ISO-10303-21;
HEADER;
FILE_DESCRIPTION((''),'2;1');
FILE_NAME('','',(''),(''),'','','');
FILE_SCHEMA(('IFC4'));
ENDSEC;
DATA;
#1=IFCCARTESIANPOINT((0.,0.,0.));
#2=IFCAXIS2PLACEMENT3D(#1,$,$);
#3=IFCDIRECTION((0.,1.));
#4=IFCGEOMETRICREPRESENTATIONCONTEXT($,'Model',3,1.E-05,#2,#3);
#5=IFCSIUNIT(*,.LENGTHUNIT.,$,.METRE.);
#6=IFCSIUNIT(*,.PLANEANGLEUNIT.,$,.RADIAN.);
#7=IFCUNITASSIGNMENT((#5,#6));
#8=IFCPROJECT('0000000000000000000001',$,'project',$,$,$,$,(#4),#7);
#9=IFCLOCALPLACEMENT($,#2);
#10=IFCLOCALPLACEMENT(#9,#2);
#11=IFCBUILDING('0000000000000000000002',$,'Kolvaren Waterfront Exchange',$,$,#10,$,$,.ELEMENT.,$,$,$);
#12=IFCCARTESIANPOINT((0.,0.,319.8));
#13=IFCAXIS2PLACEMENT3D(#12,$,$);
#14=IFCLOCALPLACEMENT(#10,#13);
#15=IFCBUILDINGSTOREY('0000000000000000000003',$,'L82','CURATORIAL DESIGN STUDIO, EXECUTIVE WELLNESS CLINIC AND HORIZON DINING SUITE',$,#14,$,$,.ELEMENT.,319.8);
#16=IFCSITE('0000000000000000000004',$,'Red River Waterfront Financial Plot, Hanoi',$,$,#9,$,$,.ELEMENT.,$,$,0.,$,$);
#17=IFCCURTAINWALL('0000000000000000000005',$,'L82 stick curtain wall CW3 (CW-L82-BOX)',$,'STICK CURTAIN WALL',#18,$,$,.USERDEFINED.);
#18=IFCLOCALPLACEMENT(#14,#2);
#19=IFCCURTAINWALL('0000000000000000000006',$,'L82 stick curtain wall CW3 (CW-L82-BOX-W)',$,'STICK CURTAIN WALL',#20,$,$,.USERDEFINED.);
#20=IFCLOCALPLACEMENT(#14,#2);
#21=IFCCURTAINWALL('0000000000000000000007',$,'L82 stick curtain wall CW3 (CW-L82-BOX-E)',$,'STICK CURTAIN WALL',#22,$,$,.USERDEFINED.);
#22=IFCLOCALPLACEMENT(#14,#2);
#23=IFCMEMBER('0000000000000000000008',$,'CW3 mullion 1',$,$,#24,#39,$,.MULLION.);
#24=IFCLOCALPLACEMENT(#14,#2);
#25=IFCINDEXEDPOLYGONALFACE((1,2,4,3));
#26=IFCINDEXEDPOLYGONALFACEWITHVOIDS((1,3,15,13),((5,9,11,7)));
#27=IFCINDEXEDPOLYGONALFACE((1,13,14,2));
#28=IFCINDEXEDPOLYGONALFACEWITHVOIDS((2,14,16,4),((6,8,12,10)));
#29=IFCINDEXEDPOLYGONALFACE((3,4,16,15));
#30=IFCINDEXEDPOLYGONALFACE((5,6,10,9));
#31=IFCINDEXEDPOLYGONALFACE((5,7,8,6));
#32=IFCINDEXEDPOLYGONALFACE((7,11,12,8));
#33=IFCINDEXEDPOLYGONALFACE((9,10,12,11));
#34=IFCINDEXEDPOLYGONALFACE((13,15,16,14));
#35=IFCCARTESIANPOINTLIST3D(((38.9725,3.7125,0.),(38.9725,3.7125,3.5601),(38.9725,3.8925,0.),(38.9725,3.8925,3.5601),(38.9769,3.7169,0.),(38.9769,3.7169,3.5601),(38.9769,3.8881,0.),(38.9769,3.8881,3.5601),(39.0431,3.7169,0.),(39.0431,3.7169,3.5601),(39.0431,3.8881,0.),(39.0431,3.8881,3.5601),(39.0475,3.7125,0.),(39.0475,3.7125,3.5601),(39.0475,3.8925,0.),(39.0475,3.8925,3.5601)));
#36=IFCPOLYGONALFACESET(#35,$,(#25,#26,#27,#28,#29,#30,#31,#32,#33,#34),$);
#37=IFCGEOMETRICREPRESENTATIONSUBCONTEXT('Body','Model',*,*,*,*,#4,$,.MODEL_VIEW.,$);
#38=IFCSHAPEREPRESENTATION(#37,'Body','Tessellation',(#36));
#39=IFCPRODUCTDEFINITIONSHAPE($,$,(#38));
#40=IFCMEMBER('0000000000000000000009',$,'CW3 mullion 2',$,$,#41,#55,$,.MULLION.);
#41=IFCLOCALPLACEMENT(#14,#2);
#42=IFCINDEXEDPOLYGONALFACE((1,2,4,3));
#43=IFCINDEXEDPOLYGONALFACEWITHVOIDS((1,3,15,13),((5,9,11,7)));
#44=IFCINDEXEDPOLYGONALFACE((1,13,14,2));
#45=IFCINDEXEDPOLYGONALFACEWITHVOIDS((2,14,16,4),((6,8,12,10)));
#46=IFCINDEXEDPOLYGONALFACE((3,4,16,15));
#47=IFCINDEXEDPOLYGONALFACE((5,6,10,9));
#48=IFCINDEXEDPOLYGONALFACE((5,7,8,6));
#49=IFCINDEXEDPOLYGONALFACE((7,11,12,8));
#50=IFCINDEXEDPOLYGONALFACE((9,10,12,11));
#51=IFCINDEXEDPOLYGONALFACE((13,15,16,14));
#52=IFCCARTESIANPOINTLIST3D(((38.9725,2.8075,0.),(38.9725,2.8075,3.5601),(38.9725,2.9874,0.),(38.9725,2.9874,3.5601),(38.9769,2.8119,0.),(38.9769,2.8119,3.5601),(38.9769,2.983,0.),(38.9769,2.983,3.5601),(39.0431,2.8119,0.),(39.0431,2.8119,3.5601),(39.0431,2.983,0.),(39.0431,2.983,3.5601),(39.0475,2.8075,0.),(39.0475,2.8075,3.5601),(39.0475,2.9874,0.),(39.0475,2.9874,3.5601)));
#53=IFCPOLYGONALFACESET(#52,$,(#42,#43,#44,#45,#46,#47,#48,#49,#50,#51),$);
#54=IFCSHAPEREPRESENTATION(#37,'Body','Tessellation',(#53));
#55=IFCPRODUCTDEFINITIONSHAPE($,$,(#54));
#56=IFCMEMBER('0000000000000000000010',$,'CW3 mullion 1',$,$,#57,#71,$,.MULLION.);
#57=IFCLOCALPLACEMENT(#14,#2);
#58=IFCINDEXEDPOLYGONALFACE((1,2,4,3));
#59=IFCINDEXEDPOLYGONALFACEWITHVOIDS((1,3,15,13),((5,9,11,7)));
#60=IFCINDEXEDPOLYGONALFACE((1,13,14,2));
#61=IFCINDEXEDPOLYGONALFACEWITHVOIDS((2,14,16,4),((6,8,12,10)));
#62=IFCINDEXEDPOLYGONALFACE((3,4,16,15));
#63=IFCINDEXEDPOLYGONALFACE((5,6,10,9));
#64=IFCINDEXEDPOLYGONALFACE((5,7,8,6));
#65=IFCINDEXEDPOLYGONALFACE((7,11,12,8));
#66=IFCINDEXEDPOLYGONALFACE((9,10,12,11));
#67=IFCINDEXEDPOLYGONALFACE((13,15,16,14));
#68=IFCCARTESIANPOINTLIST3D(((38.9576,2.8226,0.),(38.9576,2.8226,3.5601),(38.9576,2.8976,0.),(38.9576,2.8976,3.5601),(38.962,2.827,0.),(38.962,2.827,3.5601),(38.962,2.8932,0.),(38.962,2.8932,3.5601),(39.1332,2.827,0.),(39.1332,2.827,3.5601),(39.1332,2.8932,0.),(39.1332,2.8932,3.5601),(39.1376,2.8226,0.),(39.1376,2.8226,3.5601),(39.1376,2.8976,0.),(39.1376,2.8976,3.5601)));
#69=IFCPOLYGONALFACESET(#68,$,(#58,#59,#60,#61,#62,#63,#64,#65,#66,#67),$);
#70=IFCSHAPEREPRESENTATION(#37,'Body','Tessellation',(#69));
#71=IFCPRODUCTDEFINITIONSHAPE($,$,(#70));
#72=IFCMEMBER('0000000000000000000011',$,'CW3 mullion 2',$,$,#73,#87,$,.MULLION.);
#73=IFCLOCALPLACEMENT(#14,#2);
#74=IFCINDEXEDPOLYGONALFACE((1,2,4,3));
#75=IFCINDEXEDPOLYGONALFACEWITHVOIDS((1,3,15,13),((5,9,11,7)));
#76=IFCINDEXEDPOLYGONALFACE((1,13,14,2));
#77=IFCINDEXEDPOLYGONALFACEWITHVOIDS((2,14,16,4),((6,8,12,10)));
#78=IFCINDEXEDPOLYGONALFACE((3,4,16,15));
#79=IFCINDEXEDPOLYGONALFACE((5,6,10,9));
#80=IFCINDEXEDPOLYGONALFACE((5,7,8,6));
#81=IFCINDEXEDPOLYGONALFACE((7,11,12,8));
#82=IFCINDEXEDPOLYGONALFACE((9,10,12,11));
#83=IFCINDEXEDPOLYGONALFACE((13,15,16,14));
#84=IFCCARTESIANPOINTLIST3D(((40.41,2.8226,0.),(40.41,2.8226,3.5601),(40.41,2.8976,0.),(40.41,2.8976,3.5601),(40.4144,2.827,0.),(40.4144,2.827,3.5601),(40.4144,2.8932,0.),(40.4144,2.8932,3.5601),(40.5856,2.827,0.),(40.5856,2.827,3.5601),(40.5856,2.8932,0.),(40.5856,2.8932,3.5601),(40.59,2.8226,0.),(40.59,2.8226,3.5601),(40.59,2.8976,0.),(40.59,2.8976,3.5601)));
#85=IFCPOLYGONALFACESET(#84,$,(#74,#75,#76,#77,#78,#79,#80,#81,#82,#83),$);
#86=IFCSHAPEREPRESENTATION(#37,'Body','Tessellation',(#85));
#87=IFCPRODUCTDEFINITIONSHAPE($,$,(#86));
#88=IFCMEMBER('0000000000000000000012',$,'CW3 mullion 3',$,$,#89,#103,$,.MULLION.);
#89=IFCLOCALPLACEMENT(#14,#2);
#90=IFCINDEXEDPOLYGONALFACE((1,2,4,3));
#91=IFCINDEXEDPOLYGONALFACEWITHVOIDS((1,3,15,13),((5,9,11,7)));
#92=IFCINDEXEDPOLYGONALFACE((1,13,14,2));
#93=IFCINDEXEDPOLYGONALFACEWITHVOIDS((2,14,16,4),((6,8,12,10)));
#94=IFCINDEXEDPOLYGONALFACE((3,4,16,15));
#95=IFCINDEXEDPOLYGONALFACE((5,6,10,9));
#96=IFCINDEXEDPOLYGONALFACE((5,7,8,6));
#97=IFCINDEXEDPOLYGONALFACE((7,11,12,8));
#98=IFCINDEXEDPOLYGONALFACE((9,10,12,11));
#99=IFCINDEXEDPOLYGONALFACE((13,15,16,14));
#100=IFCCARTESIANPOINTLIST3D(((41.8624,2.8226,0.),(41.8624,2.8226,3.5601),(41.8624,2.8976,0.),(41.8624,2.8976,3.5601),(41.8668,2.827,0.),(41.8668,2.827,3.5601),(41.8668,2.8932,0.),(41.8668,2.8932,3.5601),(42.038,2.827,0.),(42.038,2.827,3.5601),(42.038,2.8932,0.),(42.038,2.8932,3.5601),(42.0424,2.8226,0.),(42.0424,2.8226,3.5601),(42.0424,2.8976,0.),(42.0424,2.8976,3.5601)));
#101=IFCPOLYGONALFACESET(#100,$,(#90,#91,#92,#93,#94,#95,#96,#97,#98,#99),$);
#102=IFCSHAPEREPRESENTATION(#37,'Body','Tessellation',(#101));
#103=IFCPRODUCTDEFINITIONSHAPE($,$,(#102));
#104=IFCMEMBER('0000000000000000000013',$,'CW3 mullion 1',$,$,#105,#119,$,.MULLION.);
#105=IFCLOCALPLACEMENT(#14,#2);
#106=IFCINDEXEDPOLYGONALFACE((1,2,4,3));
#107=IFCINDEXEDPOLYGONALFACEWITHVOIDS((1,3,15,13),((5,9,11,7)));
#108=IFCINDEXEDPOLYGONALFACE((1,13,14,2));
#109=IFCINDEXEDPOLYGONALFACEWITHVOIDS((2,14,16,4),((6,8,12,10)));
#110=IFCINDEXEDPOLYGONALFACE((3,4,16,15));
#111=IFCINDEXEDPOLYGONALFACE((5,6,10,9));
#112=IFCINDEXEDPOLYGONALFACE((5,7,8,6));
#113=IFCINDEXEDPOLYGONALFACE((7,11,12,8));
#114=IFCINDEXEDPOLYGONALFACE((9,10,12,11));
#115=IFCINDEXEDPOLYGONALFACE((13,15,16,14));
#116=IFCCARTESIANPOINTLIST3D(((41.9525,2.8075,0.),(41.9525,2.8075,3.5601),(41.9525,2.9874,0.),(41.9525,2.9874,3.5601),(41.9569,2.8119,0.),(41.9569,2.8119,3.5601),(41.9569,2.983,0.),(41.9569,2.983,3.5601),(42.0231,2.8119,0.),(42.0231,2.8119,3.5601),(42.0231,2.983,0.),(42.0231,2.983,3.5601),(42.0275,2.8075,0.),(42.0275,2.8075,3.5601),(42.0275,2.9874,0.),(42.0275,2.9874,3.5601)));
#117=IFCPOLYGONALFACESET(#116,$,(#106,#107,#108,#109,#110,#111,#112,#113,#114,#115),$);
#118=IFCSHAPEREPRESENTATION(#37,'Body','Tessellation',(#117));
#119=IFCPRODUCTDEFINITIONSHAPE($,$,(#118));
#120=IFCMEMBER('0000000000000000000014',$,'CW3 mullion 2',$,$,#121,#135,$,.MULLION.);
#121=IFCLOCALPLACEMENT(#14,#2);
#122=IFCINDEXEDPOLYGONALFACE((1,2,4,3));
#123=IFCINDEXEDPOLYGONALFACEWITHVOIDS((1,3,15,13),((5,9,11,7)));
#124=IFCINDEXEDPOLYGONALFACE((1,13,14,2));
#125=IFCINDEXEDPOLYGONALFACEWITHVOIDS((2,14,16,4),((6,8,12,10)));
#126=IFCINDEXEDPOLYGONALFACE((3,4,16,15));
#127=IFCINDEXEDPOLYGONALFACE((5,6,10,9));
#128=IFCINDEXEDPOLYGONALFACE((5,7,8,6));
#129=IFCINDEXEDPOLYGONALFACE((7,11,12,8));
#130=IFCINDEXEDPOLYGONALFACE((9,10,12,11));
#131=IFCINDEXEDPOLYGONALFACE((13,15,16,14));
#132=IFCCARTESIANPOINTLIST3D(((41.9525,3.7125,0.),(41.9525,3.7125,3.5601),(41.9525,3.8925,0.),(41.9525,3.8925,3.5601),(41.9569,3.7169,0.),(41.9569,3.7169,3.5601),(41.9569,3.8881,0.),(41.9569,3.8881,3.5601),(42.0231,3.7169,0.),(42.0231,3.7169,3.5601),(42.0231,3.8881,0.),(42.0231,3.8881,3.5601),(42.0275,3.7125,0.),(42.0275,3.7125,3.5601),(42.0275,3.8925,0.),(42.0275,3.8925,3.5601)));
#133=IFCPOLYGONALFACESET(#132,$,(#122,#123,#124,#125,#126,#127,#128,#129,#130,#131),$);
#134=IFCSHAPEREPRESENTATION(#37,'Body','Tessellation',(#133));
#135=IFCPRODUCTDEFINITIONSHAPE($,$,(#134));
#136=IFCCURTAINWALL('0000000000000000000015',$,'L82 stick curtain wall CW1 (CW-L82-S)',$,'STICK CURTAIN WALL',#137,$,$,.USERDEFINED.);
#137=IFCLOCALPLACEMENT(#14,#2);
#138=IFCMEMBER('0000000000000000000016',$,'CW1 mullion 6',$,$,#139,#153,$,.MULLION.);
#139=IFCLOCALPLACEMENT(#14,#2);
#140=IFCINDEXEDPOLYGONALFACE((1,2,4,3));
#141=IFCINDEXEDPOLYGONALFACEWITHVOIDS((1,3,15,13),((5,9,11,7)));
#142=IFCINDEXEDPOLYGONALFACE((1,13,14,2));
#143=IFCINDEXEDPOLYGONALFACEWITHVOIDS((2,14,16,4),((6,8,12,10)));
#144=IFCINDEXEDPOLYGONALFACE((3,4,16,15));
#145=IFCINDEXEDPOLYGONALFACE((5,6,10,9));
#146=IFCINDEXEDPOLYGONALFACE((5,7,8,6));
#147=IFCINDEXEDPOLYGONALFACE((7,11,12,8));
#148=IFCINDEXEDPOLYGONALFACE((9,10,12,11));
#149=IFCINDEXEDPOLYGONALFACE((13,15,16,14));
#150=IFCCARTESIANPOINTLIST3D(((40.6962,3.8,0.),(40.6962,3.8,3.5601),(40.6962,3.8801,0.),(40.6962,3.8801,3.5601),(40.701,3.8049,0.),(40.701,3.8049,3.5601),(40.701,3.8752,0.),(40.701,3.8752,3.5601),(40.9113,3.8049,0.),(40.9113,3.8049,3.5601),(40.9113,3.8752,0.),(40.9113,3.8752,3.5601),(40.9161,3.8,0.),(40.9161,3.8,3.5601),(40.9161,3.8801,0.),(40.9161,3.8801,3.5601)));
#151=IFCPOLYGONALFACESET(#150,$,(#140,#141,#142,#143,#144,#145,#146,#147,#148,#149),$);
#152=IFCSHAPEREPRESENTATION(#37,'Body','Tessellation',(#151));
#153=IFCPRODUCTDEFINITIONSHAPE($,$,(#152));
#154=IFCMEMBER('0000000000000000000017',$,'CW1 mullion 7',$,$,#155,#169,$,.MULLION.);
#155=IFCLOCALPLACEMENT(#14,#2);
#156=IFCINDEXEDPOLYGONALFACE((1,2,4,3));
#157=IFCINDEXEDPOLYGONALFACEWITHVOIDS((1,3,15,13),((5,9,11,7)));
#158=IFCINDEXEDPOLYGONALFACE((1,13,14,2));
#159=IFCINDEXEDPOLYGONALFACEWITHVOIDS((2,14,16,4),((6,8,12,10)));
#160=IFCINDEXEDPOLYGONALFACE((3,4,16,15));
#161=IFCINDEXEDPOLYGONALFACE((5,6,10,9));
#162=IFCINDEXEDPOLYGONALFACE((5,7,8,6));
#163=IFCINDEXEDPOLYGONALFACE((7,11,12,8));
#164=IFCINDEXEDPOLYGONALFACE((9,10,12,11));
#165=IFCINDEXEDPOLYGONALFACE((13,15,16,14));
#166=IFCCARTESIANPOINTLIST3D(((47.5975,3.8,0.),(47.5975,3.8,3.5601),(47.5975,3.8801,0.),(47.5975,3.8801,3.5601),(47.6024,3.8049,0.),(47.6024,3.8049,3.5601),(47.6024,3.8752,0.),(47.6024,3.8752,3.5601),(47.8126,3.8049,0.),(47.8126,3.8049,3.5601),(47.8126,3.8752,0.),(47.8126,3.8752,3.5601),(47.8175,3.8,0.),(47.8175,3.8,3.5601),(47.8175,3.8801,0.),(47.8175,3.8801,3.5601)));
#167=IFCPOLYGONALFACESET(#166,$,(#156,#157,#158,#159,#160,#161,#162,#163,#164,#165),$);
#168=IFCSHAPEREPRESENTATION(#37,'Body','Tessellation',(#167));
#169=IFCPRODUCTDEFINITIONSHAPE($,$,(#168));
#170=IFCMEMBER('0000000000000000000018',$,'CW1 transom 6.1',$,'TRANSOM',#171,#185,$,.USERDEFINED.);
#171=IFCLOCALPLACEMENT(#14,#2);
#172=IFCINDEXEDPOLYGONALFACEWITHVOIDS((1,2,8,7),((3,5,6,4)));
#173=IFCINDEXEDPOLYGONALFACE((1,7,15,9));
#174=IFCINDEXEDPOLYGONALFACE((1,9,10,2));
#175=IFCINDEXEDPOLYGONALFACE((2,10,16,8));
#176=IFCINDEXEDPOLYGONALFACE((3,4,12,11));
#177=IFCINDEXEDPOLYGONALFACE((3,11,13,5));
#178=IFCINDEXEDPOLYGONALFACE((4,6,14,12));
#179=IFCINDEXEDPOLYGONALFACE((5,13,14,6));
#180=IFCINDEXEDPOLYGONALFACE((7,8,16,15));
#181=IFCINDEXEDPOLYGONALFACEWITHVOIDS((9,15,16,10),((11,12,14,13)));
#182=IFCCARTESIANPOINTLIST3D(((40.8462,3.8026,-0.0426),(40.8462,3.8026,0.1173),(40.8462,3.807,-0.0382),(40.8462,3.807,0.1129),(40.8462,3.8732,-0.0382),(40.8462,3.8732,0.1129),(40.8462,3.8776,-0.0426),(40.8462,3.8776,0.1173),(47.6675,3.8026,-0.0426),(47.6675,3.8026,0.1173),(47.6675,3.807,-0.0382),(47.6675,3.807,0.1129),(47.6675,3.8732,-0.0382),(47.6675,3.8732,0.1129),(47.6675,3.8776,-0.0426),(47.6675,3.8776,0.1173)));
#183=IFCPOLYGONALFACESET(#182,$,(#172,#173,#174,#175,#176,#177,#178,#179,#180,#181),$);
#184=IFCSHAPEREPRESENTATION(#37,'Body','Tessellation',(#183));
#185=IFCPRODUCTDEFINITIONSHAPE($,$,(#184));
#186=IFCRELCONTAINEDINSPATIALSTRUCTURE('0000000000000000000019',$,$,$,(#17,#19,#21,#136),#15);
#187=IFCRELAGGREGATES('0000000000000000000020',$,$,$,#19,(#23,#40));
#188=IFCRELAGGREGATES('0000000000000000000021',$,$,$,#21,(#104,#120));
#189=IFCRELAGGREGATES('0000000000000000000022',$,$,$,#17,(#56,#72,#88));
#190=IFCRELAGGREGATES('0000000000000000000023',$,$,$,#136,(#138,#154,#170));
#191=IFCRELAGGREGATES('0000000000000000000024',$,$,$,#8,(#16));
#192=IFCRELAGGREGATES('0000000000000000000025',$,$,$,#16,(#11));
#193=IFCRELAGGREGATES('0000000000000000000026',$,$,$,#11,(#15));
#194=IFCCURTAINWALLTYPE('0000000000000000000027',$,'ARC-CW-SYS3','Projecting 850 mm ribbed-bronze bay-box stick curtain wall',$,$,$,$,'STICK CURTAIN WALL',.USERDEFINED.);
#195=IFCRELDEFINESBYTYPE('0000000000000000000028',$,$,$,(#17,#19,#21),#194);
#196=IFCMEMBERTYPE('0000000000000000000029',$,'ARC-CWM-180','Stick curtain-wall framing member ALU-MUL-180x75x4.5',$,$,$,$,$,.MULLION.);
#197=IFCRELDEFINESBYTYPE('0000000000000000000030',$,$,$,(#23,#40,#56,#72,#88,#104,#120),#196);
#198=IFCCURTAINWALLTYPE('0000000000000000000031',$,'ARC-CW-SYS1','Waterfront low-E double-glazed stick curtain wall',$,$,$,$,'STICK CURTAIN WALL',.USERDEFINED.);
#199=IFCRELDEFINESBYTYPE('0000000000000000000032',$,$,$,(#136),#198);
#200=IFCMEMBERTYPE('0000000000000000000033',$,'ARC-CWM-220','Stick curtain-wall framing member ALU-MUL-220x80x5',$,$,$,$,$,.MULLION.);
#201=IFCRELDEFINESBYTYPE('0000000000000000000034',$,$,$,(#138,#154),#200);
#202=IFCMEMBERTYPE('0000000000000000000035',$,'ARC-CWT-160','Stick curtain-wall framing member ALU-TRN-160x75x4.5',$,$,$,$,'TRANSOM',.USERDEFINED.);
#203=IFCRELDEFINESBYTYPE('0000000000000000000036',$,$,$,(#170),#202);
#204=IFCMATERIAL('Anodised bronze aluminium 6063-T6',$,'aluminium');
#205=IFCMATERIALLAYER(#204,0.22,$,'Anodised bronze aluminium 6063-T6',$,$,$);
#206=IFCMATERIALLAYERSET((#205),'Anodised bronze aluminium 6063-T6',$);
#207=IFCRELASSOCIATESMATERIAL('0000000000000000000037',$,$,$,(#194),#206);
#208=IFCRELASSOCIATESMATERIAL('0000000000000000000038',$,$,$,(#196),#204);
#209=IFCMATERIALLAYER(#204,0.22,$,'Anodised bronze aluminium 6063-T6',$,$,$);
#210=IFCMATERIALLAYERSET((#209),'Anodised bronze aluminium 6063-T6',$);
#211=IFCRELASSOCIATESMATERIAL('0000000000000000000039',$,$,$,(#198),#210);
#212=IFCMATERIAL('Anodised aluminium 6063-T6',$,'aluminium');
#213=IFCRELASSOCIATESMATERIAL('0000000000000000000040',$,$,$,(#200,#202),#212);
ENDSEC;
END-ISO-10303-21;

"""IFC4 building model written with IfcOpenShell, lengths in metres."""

from ifc_helpers import new_model, si_unit, direction, frame, origin, origin_with_axes, origin_2d, place, context, subcontext, project, spatial, hollow_rectangle, extrude, source, transform, mapped, material, layer, layer_set, material_profile, profile_set, type_object, element, aggregate, save


model = new_model("IFC4")

# Units and contexts
model_context = context("Model", 3, precision=1e-05, world=origin(), true_north=direction((0.0, 1.0)))
body_context = subcontext(model_context, "Body", "Model", "MODEL_VIEW")
ifc_project = project(units=[si_unit("LENGTHUNIT", "METRE"), si_unit("PLANEANGLEUNIT", "RADIAN")], contexts=[model_context])

# Site, building, storey
site_placement = place(None, origin())
site = spatial("IfcSite", under=ifc_project, at=site_placement, Name="Red River Waterfront Financial Plot, Hanoi", CompositionType="ELEMENT", RefElevation=0.0)
building_placement = place(site_placement, origin())
building = spatial("IfcBuilding", under=site, at=building_placement, Name="Kolvaren Waterfront Exchange", CompositionType="ELEMENT")
storey_placement = place(building_placement, frame((0.0, 0.0, 319.8)))
storey = spatial("IfcBuildingStorey", under=building, at=storey_placement, Name="L82", Description="CURATORIAL DESIGN STUDIO, EXECUTIVE WELLNESS CLINIC AND HORIZON DINING SUITE", CompositionType="ELEMENT", Elevation=319.8)

# Curtain walls
ifc_material_1 = material(Name="Anodised bronze aluminium 6063-T6", Category="aluminium")
ifc_layer_1 = layer(ifc_material_1, 0.22, Name="Anodised bronze aluminium 6063-T6")
ifc_layer_set_1 = layer_set([ifc_layer_1], Name="Anodised bronze aluminium 6063-T6")
curtain_wall_type_1 = type_object("IfcCurtainWallType", Name="ARC-CW-SYS3", Description="Projecting 850 mm ribbed-bronze bay-box stick curtain wall", ElementType="STICK CURTAIN WALL", PredefinedType="USERDEFINED", material=ifc_layer_set_1)
curtain_wall_1_placement = place(storey_placement, origin())
curtain_wall_1 = element("IfcCurtainWall", 1, at=curtain_wall_1_placement, inside=storey, type_object=curtain_wall_type_1, Name="L82 stick curtain wall CW3 (CW-L82-BOX)", ObjectType="STICK CURTAIN WALL", PredefinedType="USERDEFINED")
curtain_wall_2_placement = place(storey_placement, origin())
curtain_wall_2 = element("IfcCurtainWall", 2, at=curtain_wall_2_placement, inside=storey, type_object=curtain_wall_type_1, Name="L82 stick curtain wall CW3 (CW-L82-BOX-W)", ObjectType="STICK CURTAIN WALL", PredefinedType="USERDEFINED")
curtain_wall_3_placement = place(storey_placement, origin())
curtain_wall_3 = element("IfcCurtainWall", 3, at=curtain_wall_3_placement, inside=storey, type_object=curtain_wall_type_1, Name="L82 stick curtain wall CW3 (CW-L82-BOX-E)", ObjectType="STICK CURTAIN WALL", PredefinedType="USERDEFINED")

# Members
ifc_material_profile_1 = material_profile(ifc_material_1, hollow_rectangle(XDim=0.075, YDim=0.1799, WallThickness=0.0044, at=origin_2d()), Name="ALU-MUL-180x75x4.5")
ifc_profile_set_1 = profile_set([ifc_material_profile_1], Name="Anodised bronze aluminium 6063-T6")
member_type_1 = type_object("IfcMemberType", Name="ARC-CWM-180", Description="Stick curtain-wall framing member ALU-MUL-180x75x4.5", PredefinedType="MULLION", material=ifc_profile_set_1)
shared_shape_1 = source(origin_with_axes(), body_context, "Body", "SweptSolid", [
    extrude(hollow_rectangle(XDim=0.075, YDim=0.1799, WallThickness=0.0044, at=origin_2d()), origin(), (0.0, 0.0, 1.0), 3.5601),
])
member_1_placement = place(storey_placement, frame((39.01, 3.8025, 0.0), z_axis=(0.0, 0.0, 1.0), x_axis=(1.0, 0.0, 0.0)))
member_1 = element("IfcMember", 4, at=member_1_placement, type_object=member_type_1, Name="CW3 mullion 1", PredefinedType="MULLION", context=body_context, shape_type="MappedRepresentation", body=[
    mapped(shared_shape_1, transform((0.0, 0.0, 0.0), x_axis=(1.0, 0.0, 0.0), y_axis=(0.0, 1.0, 0.0), z_axis=(0.0, 0.0, 1.0), scale=1.0)),
])
member_2_placement = place(storey_placement, frame((39.01, 2.8975, 0.0), z_axis=(0.0, 0.0, 1.0), x_axis=(1.0, 0.0, 0.0)))
member_2 = element("IfcMember", 5, at=member_2_placement, type_object=member_type_1, Name="CW3 mullion 2", PredefinedType="MULLION", context=body_context, shape_type="MappedRepresentation", body=[
    mapped(shared_shape_1, transform((0.0, 0.0, 0.0), x_axis=(1.0, 0.0, 0.0), y_axis=(0.0, 1.0, 0.0), z_axis=(0.0, 0.0, 1.0), scale=1.0)),
])
member_3_placement = place(storey_placement, frame((39.0476, 2.8601, 0.0), z_axis=(0.0, 0.0, 1.0), x_axis=(0.0, 1.0, 0.0)))
member_3 = element("IfcMember", 6, at=member_3_placement, type_object=member_type_1, Name="CW3 mullion 1", PredefinedType="MULLION", context=body_context, shape_type="MappedRepresentation", body=[
    mapped(shared_shape_1, transform((0.0, 0.0, 0.0), x_axis=(1.0, 0.0, 0.0), y_axis=(0.0, 1.0, 0.0), z_axis=(0.0, 0.0, 1.0), scale=1.0)),
])
member_4_placement = place(storey_placement, frame((40.5, 2.8601, 0.0), z_axis=(0.0, 0.0, 1.0), x_axis=(0.0, 1.0, 0.0)))
member_4 = element("IfcMember", 7, at=member_4_placement, type_object=member_type_1, Name="CW3 mullion 2", PredefinedType="MULLION", context=body_context, shape_type="MappedRepresentation", body=[
    mapped(shared_shape_1, transform((0.0, 0.0, 0.0), x_axis=(1.0, 0.0, 0.0), y_axis=(0.0, 1.0, 0.0), z_axis=(0.0, 0.0, 1.0), scale=1.0)),
])
member_5_placement = place(storey_placement, frame((41.9524, 2.8601, 0.0), z_axis=(0.0, 0.0, 1.0), x_axis=(0.0, 1.0, 0.0)))
member_5 = element("IfcMember", 8, at=member_5_placement, type_object=member_type_1, Name="CW3 mullion 3", PredefinedType="MULLION", context=body_context, shape_type="MappedRepresentation", body=[
    mapped(shared_shape_1, transform((0.0, 0.0, 0.0), x_axis=(1.0, 0.0, 0.0), y_axis=(0.0, 1.0, 0.0), z_axis=(0.0, 0.0, 1.0), scale=1.0)),
])
member_6_placement = place(storey_placement, frame((41.99, 2.8975, 0.0), z_axis=(0.0, 0.0, 1.0), x_axis=(-1.0, 0.0, 0.0)))
member_6 = element("IfcMember", 9, at=member_6_placement, type_object=member_type_1, Name="CW3 mullion 1", PredefinedType="MULLION", context=body_context, shape_type="MappedRepresentation", body=[
    mapped(shared_shape_1, transform((0.0, 0.0, 0.0), x_axis=(1.0, 0.0, 0.0), y_axis=(0.0, 1.0, 0.0), z_axis=(0.0, 0.0, 1.0), scale=1.0)),
])
member_7_placement = place(storey_placement, frame((41.99, 3.8025, 0.0), z_axis=(0.0, 0.0, 1.0), x_axis=(-1.0, 0.0, 0.0)))
member_7 = element("IfcMember", 10, at=member_7_placement, type_object=member_type_1, Name="CW3 mullion 2", PredefinedType="MULLION", context=body_context, shape_type="MappedRepresentation", body=[
    mapped(shared_shape_1, transform((0.0, 0.0, 0.0), x_axis=(1.0, 0.0, 0.0), y_axis=(0.0, 1.0, 0.0), z_axis=(0.0, 0.0, 1.0), scale=1.0)),
])

# Curtain wall, members
ifc_layer_2 = layer(ifc_material_1, 0.22, Name="Anodised bronze aluminium 6063-T6")
ifc_layer_set_2 = layer_set([ifc_layer_2], Name="Anodised bronze aluminium 6063-T6")
curtain_wall_type_2 = type_object("IfcCurtainWallType", Name="ARC-CW-SYS1", Description="Waterfront low-E double-glazed stick curtain wall", ElementType="STICK CURTAIN WALL", PredefinedType="USERDEFINED", material=ifc_layer_set_2)
curtain_wall_4_placement = place(storey_placement, origin())
curtain_wall_4 = element("IfcCurtainWall", 11, at=curtain_wall_4_placement, inside=storey, type_object=curtain_wall_type_2, Name="L82 stick curtain wall CW1 (CW-L82-S)", ObjectType="STICK CURTAIN WALL", PredefinedType="USERDEFINED")
ifc_material_2 = material(Name="Anodised aluminium 6063-T6", Category="aluminium")
ifc_material_profile_2 = material_profile(ifc_material_2, hollow_rectangle(XDim=0.0801, YDim=0.22, WallThickness=0.0049, at=origin_2d()), Name="ALU-MUL-220x80x5")
ifc_profile_set_2 = profile_set([ifc_material_profile_2], Name="Anodised aluminium 6063-T6")
member_type_2 = type_object("IfcMemberType", Name="ARC-CWM-220", Description="Stick curtain-wall framing member ALU-MUL-220x80x5", PredefinedType="MULLION", material=ifc_profile_set_2)
shared_shape_2 = source(origin_with_axes(), body_context, "Body", "SweptSolid", [
    extrude(hollow_rectangle(XDim=0.0801, YDim=0.22, WallThickness=0.0049, at=origin_2d()), origin(), (0.0, 0.0, 1.0), 3.5601),
])
member_8_placement = place(storey_placement, frame((40.8062, 3.8401, 0.0), z_axis=(0.0, 0.0, 1.0), x_axis=(0.0, 1.0, 0.0)))
member_8 = element("IfcMember", 12, at=member_8_placement, type_object=member_type_2, Name="CW1 mullion 6", PredefinedType="MULLION", context=body_context, shape_type="MappedRepresentation", body=[
    mapped(shared_shape_2, transform((0.0, 0.0, 0.0), x_axis=(1.0, 0.0, 0.0), y_axis=(0.0, 1.0, 0.0), z_axis=(0.0, 0.0, 1.0), scale=1.0)),
])
member_9_placement = place(storey_placement, frame((47.7075, 3.8401, 0.0), z_axis=(0.0, 0.0, 1.0), x_axis=(0.0, 1.0, 0.0)))
member_9 = element("IfcMember", 13, at=member_9_placement, type_object=member_type_2, Name="CW1 mullion 7", PredefinedType="MULLION", context=body_context, shape_type="MappedRepresentation", body=[
    mapped(shared_shape_2, transform((0.0, 0.0, 0.0), x_axis=(1.0, 0.0, 0.0), y_axis=(0.0, 1.0, 0.0), z_axis=(0.0, 0.0, 1.0), scale=1.0)),
])
ifc_material_profile_3 = material_profile(ifc_material_2, hollow_rectangle(XDim=0.075, YDim=0.1599, WallThickness=0.0044, at=origin_2d()), Name="ALU-TRN-160x75x4.5")
ifc_profile_set_3 = profile_set([ifc_material_profile_3], Name="Anodised aluminium 6063-T6")
member_type_3 = type_object("IfcMemberType", Name="ARC-CWT-160", Description="Stick curtain-wall framing member ALU-TRN-160x75x4.5", ElementType="TRANSOM", PredefinedType="USERDEFINED", material=ifc_profile_set_3)
shared_shape_3 = source(origin_with_axes(), body_context, "Body", "SweptSolid", [
    extrude(hollow_rectangle(XDim=0.075, YDim=0.1599, WallThickness=0.0044, at=origin_2d()), origin(), (0.0, 0.0, 1.0), 6.8213),
])
member_10_placement = place(storey_placement, frame((40.8462, 3.8401, 0.0374), z_axis=(1.0, 0.0, 0.0), x_axis=(0.0, 1.0, 0.0)))
member_10 = element("IfcMember", 14, at=member_10_placement, type_object=member_type_3, Name="CW1 transom 6.1", ObjectType="TRANSOM", PredefinedType="USERDEFINED", context=body_context, shape_type="MappedRepresentation", body=[
    mapped(shared_shape_3, transform((0.0, 0.0, 0.0), x_axis=(1.0, 0.0, 0.0), y_axis=(0.0, 1.0, 0.0), z_axis=(0.0, 0.0, 1.0), scale=1.0)),
])

aggregate(curtain_wall_2, [member_1, member_2])
aggregate(curtain_wall_3, [member_6, member_7])
aggregate(curtain_wall_1, [member_3, member_4, member_5])
aggregate(curtain_wall_4, [member_8, member_9, member_10])

save(model, "model.ifc")
